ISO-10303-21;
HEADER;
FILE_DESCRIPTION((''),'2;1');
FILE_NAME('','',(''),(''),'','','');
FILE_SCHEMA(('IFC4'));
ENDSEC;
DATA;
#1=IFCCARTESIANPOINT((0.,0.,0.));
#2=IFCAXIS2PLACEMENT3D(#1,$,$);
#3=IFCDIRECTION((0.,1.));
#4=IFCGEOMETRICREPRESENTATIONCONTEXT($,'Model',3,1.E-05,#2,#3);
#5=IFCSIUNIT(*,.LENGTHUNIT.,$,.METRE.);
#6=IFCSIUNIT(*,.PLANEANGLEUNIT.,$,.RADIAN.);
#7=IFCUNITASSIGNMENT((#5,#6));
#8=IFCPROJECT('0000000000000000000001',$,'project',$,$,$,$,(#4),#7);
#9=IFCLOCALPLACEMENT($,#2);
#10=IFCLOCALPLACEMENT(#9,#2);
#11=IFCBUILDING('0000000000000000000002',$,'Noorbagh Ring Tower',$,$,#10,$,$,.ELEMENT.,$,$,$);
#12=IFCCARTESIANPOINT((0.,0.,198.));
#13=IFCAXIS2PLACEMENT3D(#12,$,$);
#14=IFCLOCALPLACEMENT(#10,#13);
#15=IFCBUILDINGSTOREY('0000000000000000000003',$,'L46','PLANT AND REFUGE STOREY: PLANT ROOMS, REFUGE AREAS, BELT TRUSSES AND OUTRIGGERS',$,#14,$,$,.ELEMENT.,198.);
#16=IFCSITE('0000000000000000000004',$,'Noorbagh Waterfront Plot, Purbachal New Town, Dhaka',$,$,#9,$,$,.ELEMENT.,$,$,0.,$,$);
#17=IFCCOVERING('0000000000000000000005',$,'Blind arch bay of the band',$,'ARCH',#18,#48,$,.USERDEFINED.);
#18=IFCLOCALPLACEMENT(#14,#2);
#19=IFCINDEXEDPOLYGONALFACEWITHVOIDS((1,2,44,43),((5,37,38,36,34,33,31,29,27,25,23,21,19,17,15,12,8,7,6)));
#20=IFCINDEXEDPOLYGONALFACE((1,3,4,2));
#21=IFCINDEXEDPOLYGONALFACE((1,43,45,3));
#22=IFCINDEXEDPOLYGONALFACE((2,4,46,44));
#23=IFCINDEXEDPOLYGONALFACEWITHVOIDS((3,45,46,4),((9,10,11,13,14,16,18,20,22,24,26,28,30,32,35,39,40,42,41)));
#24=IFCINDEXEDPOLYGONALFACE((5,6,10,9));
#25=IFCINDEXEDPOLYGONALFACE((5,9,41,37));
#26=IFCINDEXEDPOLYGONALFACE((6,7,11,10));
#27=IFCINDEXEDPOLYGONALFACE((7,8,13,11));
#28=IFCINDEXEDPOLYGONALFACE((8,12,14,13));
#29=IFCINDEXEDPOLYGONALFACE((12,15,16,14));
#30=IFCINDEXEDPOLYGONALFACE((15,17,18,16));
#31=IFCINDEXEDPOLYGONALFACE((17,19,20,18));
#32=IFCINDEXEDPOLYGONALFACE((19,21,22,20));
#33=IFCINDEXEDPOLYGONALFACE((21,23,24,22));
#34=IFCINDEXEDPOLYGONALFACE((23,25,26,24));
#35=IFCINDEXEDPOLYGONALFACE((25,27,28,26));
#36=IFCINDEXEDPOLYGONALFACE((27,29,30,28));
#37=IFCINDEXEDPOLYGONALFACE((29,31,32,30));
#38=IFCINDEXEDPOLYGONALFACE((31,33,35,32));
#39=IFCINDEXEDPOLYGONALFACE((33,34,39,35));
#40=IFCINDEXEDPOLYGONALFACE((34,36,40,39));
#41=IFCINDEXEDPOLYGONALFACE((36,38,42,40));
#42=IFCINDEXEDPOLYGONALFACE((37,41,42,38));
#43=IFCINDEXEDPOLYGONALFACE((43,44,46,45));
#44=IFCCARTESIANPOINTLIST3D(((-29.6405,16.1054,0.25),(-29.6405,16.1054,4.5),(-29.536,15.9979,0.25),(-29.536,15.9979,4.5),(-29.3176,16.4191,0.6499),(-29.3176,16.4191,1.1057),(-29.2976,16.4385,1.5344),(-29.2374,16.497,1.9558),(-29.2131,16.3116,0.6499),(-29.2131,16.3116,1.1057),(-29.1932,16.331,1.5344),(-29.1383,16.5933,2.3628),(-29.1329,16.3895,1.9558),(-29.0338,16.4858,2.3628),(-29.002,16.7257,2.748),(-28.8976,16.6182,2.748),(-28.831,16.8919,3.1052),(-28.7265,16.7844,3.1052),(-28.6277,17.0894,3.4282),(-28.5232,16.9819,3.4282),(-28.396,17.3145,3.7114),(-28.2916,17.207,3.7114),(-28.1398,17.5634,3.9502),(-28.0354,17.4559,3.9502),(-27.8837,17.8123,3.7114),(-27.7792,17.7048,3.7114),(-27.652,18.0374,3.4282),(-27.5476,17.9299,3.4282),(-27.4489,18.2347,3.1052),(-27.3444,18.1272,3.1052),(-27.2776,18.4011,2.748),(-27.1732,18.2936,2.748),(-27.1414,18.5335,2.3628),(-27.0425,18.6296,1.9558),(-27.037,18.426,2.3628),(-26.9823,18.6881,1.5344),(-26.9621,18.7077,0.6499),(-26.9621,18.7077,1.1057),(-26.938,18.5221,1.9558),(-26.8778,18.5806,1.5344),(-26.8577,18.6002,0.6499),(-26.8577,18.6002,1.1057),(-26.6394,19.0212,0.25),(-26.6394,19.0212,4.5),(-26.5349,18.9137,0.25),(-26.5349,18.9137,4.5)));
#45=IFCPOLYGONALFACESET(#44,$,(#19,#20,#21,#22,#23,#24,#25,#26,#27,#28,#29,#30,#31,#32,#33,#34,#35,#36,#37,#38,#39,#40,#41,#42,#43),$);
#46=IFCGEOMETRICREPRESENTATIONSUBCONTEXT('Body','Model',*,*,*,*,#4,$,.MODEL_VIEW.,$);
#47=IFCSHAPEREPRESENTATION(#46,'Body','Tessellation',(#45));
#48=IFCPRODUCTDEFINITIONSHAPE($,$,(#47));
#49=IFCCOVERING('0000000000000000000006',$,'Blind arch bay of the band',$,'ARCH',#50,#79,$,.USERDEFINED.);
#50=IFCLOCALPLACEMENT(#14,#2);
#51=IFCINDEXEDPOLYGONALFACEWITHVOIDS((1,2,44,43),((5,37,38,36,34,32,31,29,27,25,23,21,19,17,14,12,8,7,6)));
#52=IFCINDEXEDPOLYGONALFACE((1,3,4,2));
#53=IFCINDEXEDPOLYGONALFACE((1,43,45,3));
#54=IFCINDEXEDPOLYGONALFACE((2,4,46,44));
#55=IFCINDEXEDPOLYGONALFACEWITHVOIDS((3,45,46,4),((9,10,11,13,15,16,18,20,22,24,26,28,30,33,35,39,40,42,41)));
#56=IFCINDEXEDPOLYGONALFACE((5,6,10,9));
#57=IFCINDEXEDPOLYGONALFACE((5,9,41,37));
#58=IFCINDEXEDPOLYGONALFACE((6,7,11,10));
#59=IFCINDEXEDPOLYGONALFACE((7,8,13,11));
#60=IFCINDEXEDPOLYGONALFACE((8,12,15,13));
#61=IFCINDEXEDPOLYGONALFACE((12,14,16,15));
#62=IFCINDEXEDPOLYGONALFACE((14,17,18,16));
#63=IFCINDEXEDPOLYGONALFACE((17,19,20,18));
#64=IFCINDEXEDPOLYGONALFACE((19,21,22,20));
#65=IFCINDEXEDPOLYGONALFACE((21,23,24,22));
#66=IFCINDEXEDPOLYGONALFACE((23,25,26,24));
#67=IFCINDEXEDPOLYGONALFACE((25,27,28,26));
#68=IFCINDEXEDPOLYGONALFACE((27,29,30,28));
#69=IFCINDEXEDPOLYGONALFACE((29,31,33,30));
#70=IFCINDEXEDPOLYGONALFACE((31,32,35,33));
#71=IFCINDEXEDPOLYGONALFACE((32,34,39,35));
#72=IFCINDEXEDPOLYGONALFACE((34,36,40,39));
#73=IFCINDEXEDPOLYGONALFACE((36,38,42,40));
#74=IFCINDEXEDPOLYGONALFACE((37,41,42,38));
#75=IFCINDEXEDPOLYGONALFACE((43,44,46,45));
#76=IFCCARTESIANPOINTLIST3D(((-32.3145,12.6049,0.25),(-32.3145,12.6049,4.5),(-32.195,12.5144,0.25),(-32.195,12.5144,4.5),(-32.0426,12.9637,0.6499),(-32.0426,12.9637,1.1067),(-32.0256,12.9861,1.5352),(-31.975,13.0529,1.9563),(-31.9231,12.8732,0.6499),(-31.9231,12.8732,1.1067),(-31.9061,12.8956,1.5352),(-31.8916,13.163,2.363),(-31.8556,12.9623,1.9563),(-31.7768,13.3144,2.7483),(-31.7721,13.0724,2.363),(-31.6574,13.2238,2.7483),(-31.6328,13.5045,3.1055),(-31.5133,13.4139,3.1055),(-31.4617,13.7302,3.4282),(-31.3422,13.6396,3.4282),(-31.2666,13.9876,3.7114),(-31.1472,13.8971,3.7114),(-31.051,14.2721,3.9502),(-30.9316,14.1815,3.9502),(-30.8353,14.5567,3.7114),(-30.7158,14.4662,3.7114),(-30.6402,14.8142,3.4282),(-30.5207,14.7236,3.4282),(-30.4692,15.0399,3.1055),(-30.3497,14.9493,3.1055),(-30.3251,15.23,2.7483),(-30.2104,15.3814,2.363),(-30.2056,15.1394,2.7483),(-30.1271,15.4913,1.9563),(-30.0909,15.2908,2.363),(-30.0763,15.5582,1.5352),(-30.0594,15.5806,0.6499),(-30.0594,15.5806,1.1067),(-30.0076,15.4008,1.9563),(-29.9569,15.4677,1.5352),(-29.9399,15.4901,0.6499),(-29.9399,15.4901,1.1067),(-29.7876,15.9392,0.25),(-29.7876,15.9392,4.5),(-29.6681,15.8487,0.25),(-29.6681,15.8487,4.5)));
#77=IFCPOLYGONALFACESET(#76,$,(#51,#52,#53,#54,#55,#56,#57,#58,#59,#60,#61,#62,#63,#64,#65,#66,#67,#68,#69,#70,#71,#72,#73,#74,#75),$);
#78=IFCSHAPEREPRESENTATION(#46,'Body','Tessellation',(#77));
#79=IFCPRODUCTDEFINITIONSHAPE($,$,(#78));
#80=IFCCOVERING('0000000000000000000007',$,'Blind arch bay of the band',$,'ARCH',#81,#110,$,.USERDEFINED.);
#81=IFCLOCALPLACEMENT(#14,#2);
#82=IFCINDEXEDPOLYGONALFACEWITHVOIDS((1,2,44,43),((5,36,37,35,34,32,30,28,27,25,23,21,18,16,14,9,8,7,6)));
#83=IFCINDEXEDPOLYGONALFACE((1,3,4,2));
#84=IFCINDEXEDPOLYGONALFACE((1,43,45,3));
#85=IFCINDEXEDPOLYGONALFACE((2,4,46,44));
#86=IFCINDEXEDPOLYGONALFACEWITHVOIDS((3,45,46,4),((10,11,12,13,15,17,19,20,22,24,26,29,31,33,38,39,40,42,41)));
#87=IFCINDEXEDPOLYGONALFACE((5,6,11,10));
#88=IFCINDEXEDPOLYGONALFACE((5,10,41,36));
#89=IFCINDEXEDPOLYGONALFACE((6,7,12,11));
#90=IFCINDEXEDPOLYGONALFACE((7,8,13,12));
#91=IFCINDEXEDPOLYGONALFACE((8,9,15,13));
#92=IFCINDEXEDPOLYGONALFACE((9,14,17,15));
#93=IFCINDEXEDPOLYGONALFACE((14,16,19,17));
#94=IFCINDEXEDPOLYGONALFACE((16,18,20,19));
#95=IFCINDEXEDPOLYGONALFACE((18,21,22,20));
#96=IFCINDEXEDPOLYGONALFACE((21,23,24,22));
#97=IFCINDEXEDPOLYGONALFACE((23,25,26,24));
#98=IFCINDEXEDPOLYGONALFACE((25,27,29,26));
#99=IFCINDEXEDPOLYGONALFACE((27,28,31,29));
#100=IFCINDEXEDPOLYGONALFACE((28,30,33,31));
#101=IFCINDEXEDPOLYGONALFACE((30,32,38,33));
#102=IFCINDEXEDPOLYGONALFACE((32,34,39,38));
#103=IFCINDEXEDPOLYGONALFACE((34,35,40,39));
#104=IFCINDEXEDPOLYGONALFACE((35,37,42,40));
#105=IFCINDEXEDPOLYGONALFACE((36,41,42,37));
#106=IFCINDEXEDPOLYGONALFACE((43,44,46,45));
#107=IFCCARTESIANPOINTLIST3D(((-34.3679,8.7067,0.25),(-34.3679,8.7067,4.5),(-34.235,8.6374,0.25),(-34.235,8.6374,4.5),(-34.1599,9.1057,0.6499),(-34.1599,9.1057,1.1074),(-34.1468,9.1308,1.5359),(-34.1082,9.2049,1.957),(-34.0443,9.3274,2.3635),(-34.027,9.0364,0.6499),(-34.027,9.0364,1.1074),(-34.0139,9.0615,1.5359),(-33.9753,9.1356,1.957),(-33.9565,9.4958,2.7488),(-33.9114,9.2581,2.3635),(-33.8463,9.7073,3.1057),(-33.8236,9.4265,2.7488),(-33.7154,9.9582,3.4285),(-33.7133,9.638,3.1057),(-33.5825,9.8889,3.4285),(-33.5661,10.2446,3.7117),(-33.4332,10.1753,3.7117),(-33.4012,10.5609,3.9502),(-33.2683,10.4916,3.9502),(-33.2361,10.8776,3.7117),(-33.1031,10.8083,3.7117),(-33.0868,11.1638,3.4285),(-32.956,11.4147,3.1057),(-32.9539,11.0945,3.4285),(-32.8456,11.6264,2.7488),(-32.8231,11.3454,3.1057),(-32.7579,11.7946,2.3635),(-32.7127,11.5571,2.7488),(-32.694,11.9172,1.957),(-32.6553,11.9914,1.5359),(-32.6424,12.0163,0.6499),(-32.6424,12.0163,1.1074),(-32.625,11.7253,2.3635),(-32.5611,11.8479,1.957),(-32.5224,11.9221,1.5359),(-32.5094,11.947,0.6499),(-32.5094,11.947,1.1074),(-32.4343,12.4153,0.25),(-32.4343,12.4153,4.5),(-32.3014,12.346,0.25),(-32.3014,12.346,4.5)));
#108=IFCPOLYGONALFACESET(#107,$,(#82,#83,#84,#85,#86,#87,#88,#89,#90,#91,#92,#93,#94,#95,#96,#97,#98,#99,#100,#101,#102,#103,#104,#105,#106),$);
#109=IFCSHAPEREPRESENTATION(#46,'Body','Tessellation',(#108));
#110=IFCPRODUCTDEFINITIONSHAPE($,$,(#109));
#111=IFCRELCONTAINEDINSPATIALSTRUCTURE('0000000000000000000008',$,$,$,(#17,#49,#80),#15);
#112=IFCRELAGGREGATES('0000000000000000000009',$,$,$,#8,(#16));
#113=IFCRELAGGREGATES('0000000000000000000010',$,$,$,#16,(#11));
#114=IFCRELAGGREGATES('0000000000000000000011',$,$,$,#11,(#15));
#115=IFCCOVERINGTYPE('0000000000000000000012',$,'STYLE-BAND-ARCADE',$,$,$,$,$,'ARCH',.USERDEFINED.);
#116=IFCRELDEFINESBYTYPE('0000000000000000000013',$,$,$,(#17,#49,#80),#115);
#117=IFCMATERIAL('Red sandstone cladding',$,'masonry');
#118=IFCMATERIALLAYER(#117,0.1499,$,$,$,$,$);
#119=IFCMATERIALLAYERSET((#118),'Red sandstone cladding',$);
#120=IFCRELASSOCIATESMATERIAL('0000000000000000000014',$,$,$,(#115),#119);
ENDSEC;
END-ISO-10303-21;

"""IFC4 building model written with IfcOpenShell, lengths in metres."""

from ifc_helpers import new_model, si_unit, direction, frame, origin, place, context, subcontext, project, spatial, polyline, outline, extrude, material, layer, layer_set, type_object, element, save


model = new_model("IFC4")

# Units and contexts
model_context = context("Model", 3, precision=1e-05, world=origin(), true_north=direction((0.0, 1.0)))
body_context = subcontext(model_context, "Body", "Model", "MODEL_VIEW")
ifc_project = project(units=[si_unit("LENGTHUNIT", "METRE"), si_unit("PLANEANGLEUNIT", "RADIAN")], contexts=[model_context])

# Site, building, storey
site_placement = place(None, origin())
site = spatial("IfcSite", under=ifc_project, at=site_placement, Name="Noorbagh Waterfront Plot, Purbachal New Town, Dhaka", CompositionType="ELEMENT", RefElevation=0.0)
building_placement = place(site_placement, origin())
building = spatial("IfcBuilding", under=site, at=building_placement, Name="Noorbagh Ring Tower", CompositionType="ELEMENT")
storey_placement = place(building_placement, frame((0.0, 0.0, 198.0)))
storey = spatial("IfcBuildingStorey", under=building, at=storey_placement, Name="L46", Description="PLANT AND REFUGE STOREY: PLANT ROOMS, REFUGE AREAS, BELT TRUSSES AND OUTRIGGERS", CompositionType="ELEMENT", Elevation=198.0)

# Coverings
ifc_material_1 = material(Name="Red sandstone cladding", Category="masonry")
ifc_layer_1 = layer(ifc_material_1, 0.1499)
ifc_layer_set_1 = layer_set([ifc_layer_1], Name="Red sandstone cladding")
covering_type_1 = type_object("IfcCoveringType", Name="STYLE-BAND-ARCADE", ElementType="ARCH", PredefinedType="USERDEFINED", material=ifc_layer_set_1)
covering_1_placement = place(storey_placement, frame((-26.6394, 19.0212, 0.25), z_axis=(-0.696852, 0.717215, 0.0), x_axis=(-0.717215, -0.696852, 0.0)))
element("IfcCovering", 1, at=covering_1_placement, inside=storey, type_object=covering_type_1, Name="Blind arch bay of the band", ObjectType="ARCH", PredefinedType="USERDEFINED", context=body_context, shape_type="SweptSolid", body=[
    extrude(outline(polyline([(0.0, 0.0), (4.1843, 0.0), (4.1843, 4.25), (0.0, 4.25), (0.0, 0.0)]), holes=[polyline([(0.45, 0.3999), (0.45, 0.8557), (0.478, 1.2844), (0.562, 1.7058), (0.7, 2.1128), (0.8899, 2.498), (1.1287, 2.8552), (1.4119, 3.1782), (1.7349, 3.4614), (2.092, 3.7002), (2.4492, 3.4614), (2.7722, 3.1782), (3.0557, 2.8552), (3.2942, 2.498), (3.4841, 2.1128), (3.6223, 1.7058), (3.7063, 1.2844), (3.7341, 0.8557), (3.7341, 0.3999), (0.45, 0.3999)])]), origin(), (0.0, 0.0, -1.0), 0.1499),
])
covering_2_placement = place(storey_placement, frame((-29.7876, 15.9392, 0.25), z_axis=(-0.796986, 0.603998, 0.0), x_axis=(-0.603998, -0.796986, 0.0)))
element("IfcCovering", 2, at=covering_2_placement, inside=storey, type_object=covering_type_1, Name="Blind arch bay of the band", ObjectType="ARCH", PredefinedType="USERDEFINED", context=body_context, shape_type="SweptSolid", body=[
    extrude(outline(polyline([(0.0, 0.0), (4.1836, 0.0), (4.1836, 4.25), (0.0, 4.25), (0.0, 0.0)]), holes=[polyline([(0.45, 0.3999), (0.45, 0.8567), (0.478, 1.2852), (0.562, 1.7063), (0.7, 2.113), (0.8899, 2.4983), (1.1284, 2.8555), (1.4116, 3.1782), (1.7346, 3.4614), (2.0918, 3.7002), (2.4487, 3.4614), (2.7717, 3.1782), (3.0549, 2.8555), (3.2935, 2.4983), (3.4834, 2.113), (3.6216, 1.7063), (3.7053, 1.2852), (3.7334, 0.8567), (3.7334, 0.3999), (0.45, 0.3999)])]), origin(), (0.0, 0.0, -1.0), 0.1499),
])
covering_3_placement = place(storey_placement, frame((-32.4343, 12.4153, 0.25), z_axis=(-0.88671, 0.462327, 0.0), x_axis=(-0.462327, -0.88671, 0.0)))
element("IfcCovering", 3, at=covering_3_placement, inside=storey, type_object=covering_type_1, Name="Blind arch bay of the band", ObjectType="ARCH", PredefinedType="USERDEFINED", context=body_context, shape_type="SweptSolid", body=[
    extrude(outline(polyline([(0.0, 0.0), (4.1824, 0.0), (4.1824, 4.25), (0.0, 4.25), (0.0, 0.0)]), holes=[polyline([(0.45, 0.3999), (0.45, 0.8574), (0.478, 1.2859), (0.5618, 1.707), (0.7, 2.1135), (0.8896, 2.4988), (1.1284, 2.8557), (1.4114, 3.1785), (1.7341, 3.4617), (2.0913, 3.7002), (2.448, 3.4617), (2.771, 3.1785), (3.054, 2.8557), (3.2925, 2.4988), (3.4824, 2.1135), (3.6206, 1.707), (3.7041, 1.2859), (3.7324, 0.8574), (3.7324, 0.3999), (0.45, 0.3999)])]), origin(), (0.0, 0.0, -1.0), 0.1499),
])

save(model, "model.ifc")
